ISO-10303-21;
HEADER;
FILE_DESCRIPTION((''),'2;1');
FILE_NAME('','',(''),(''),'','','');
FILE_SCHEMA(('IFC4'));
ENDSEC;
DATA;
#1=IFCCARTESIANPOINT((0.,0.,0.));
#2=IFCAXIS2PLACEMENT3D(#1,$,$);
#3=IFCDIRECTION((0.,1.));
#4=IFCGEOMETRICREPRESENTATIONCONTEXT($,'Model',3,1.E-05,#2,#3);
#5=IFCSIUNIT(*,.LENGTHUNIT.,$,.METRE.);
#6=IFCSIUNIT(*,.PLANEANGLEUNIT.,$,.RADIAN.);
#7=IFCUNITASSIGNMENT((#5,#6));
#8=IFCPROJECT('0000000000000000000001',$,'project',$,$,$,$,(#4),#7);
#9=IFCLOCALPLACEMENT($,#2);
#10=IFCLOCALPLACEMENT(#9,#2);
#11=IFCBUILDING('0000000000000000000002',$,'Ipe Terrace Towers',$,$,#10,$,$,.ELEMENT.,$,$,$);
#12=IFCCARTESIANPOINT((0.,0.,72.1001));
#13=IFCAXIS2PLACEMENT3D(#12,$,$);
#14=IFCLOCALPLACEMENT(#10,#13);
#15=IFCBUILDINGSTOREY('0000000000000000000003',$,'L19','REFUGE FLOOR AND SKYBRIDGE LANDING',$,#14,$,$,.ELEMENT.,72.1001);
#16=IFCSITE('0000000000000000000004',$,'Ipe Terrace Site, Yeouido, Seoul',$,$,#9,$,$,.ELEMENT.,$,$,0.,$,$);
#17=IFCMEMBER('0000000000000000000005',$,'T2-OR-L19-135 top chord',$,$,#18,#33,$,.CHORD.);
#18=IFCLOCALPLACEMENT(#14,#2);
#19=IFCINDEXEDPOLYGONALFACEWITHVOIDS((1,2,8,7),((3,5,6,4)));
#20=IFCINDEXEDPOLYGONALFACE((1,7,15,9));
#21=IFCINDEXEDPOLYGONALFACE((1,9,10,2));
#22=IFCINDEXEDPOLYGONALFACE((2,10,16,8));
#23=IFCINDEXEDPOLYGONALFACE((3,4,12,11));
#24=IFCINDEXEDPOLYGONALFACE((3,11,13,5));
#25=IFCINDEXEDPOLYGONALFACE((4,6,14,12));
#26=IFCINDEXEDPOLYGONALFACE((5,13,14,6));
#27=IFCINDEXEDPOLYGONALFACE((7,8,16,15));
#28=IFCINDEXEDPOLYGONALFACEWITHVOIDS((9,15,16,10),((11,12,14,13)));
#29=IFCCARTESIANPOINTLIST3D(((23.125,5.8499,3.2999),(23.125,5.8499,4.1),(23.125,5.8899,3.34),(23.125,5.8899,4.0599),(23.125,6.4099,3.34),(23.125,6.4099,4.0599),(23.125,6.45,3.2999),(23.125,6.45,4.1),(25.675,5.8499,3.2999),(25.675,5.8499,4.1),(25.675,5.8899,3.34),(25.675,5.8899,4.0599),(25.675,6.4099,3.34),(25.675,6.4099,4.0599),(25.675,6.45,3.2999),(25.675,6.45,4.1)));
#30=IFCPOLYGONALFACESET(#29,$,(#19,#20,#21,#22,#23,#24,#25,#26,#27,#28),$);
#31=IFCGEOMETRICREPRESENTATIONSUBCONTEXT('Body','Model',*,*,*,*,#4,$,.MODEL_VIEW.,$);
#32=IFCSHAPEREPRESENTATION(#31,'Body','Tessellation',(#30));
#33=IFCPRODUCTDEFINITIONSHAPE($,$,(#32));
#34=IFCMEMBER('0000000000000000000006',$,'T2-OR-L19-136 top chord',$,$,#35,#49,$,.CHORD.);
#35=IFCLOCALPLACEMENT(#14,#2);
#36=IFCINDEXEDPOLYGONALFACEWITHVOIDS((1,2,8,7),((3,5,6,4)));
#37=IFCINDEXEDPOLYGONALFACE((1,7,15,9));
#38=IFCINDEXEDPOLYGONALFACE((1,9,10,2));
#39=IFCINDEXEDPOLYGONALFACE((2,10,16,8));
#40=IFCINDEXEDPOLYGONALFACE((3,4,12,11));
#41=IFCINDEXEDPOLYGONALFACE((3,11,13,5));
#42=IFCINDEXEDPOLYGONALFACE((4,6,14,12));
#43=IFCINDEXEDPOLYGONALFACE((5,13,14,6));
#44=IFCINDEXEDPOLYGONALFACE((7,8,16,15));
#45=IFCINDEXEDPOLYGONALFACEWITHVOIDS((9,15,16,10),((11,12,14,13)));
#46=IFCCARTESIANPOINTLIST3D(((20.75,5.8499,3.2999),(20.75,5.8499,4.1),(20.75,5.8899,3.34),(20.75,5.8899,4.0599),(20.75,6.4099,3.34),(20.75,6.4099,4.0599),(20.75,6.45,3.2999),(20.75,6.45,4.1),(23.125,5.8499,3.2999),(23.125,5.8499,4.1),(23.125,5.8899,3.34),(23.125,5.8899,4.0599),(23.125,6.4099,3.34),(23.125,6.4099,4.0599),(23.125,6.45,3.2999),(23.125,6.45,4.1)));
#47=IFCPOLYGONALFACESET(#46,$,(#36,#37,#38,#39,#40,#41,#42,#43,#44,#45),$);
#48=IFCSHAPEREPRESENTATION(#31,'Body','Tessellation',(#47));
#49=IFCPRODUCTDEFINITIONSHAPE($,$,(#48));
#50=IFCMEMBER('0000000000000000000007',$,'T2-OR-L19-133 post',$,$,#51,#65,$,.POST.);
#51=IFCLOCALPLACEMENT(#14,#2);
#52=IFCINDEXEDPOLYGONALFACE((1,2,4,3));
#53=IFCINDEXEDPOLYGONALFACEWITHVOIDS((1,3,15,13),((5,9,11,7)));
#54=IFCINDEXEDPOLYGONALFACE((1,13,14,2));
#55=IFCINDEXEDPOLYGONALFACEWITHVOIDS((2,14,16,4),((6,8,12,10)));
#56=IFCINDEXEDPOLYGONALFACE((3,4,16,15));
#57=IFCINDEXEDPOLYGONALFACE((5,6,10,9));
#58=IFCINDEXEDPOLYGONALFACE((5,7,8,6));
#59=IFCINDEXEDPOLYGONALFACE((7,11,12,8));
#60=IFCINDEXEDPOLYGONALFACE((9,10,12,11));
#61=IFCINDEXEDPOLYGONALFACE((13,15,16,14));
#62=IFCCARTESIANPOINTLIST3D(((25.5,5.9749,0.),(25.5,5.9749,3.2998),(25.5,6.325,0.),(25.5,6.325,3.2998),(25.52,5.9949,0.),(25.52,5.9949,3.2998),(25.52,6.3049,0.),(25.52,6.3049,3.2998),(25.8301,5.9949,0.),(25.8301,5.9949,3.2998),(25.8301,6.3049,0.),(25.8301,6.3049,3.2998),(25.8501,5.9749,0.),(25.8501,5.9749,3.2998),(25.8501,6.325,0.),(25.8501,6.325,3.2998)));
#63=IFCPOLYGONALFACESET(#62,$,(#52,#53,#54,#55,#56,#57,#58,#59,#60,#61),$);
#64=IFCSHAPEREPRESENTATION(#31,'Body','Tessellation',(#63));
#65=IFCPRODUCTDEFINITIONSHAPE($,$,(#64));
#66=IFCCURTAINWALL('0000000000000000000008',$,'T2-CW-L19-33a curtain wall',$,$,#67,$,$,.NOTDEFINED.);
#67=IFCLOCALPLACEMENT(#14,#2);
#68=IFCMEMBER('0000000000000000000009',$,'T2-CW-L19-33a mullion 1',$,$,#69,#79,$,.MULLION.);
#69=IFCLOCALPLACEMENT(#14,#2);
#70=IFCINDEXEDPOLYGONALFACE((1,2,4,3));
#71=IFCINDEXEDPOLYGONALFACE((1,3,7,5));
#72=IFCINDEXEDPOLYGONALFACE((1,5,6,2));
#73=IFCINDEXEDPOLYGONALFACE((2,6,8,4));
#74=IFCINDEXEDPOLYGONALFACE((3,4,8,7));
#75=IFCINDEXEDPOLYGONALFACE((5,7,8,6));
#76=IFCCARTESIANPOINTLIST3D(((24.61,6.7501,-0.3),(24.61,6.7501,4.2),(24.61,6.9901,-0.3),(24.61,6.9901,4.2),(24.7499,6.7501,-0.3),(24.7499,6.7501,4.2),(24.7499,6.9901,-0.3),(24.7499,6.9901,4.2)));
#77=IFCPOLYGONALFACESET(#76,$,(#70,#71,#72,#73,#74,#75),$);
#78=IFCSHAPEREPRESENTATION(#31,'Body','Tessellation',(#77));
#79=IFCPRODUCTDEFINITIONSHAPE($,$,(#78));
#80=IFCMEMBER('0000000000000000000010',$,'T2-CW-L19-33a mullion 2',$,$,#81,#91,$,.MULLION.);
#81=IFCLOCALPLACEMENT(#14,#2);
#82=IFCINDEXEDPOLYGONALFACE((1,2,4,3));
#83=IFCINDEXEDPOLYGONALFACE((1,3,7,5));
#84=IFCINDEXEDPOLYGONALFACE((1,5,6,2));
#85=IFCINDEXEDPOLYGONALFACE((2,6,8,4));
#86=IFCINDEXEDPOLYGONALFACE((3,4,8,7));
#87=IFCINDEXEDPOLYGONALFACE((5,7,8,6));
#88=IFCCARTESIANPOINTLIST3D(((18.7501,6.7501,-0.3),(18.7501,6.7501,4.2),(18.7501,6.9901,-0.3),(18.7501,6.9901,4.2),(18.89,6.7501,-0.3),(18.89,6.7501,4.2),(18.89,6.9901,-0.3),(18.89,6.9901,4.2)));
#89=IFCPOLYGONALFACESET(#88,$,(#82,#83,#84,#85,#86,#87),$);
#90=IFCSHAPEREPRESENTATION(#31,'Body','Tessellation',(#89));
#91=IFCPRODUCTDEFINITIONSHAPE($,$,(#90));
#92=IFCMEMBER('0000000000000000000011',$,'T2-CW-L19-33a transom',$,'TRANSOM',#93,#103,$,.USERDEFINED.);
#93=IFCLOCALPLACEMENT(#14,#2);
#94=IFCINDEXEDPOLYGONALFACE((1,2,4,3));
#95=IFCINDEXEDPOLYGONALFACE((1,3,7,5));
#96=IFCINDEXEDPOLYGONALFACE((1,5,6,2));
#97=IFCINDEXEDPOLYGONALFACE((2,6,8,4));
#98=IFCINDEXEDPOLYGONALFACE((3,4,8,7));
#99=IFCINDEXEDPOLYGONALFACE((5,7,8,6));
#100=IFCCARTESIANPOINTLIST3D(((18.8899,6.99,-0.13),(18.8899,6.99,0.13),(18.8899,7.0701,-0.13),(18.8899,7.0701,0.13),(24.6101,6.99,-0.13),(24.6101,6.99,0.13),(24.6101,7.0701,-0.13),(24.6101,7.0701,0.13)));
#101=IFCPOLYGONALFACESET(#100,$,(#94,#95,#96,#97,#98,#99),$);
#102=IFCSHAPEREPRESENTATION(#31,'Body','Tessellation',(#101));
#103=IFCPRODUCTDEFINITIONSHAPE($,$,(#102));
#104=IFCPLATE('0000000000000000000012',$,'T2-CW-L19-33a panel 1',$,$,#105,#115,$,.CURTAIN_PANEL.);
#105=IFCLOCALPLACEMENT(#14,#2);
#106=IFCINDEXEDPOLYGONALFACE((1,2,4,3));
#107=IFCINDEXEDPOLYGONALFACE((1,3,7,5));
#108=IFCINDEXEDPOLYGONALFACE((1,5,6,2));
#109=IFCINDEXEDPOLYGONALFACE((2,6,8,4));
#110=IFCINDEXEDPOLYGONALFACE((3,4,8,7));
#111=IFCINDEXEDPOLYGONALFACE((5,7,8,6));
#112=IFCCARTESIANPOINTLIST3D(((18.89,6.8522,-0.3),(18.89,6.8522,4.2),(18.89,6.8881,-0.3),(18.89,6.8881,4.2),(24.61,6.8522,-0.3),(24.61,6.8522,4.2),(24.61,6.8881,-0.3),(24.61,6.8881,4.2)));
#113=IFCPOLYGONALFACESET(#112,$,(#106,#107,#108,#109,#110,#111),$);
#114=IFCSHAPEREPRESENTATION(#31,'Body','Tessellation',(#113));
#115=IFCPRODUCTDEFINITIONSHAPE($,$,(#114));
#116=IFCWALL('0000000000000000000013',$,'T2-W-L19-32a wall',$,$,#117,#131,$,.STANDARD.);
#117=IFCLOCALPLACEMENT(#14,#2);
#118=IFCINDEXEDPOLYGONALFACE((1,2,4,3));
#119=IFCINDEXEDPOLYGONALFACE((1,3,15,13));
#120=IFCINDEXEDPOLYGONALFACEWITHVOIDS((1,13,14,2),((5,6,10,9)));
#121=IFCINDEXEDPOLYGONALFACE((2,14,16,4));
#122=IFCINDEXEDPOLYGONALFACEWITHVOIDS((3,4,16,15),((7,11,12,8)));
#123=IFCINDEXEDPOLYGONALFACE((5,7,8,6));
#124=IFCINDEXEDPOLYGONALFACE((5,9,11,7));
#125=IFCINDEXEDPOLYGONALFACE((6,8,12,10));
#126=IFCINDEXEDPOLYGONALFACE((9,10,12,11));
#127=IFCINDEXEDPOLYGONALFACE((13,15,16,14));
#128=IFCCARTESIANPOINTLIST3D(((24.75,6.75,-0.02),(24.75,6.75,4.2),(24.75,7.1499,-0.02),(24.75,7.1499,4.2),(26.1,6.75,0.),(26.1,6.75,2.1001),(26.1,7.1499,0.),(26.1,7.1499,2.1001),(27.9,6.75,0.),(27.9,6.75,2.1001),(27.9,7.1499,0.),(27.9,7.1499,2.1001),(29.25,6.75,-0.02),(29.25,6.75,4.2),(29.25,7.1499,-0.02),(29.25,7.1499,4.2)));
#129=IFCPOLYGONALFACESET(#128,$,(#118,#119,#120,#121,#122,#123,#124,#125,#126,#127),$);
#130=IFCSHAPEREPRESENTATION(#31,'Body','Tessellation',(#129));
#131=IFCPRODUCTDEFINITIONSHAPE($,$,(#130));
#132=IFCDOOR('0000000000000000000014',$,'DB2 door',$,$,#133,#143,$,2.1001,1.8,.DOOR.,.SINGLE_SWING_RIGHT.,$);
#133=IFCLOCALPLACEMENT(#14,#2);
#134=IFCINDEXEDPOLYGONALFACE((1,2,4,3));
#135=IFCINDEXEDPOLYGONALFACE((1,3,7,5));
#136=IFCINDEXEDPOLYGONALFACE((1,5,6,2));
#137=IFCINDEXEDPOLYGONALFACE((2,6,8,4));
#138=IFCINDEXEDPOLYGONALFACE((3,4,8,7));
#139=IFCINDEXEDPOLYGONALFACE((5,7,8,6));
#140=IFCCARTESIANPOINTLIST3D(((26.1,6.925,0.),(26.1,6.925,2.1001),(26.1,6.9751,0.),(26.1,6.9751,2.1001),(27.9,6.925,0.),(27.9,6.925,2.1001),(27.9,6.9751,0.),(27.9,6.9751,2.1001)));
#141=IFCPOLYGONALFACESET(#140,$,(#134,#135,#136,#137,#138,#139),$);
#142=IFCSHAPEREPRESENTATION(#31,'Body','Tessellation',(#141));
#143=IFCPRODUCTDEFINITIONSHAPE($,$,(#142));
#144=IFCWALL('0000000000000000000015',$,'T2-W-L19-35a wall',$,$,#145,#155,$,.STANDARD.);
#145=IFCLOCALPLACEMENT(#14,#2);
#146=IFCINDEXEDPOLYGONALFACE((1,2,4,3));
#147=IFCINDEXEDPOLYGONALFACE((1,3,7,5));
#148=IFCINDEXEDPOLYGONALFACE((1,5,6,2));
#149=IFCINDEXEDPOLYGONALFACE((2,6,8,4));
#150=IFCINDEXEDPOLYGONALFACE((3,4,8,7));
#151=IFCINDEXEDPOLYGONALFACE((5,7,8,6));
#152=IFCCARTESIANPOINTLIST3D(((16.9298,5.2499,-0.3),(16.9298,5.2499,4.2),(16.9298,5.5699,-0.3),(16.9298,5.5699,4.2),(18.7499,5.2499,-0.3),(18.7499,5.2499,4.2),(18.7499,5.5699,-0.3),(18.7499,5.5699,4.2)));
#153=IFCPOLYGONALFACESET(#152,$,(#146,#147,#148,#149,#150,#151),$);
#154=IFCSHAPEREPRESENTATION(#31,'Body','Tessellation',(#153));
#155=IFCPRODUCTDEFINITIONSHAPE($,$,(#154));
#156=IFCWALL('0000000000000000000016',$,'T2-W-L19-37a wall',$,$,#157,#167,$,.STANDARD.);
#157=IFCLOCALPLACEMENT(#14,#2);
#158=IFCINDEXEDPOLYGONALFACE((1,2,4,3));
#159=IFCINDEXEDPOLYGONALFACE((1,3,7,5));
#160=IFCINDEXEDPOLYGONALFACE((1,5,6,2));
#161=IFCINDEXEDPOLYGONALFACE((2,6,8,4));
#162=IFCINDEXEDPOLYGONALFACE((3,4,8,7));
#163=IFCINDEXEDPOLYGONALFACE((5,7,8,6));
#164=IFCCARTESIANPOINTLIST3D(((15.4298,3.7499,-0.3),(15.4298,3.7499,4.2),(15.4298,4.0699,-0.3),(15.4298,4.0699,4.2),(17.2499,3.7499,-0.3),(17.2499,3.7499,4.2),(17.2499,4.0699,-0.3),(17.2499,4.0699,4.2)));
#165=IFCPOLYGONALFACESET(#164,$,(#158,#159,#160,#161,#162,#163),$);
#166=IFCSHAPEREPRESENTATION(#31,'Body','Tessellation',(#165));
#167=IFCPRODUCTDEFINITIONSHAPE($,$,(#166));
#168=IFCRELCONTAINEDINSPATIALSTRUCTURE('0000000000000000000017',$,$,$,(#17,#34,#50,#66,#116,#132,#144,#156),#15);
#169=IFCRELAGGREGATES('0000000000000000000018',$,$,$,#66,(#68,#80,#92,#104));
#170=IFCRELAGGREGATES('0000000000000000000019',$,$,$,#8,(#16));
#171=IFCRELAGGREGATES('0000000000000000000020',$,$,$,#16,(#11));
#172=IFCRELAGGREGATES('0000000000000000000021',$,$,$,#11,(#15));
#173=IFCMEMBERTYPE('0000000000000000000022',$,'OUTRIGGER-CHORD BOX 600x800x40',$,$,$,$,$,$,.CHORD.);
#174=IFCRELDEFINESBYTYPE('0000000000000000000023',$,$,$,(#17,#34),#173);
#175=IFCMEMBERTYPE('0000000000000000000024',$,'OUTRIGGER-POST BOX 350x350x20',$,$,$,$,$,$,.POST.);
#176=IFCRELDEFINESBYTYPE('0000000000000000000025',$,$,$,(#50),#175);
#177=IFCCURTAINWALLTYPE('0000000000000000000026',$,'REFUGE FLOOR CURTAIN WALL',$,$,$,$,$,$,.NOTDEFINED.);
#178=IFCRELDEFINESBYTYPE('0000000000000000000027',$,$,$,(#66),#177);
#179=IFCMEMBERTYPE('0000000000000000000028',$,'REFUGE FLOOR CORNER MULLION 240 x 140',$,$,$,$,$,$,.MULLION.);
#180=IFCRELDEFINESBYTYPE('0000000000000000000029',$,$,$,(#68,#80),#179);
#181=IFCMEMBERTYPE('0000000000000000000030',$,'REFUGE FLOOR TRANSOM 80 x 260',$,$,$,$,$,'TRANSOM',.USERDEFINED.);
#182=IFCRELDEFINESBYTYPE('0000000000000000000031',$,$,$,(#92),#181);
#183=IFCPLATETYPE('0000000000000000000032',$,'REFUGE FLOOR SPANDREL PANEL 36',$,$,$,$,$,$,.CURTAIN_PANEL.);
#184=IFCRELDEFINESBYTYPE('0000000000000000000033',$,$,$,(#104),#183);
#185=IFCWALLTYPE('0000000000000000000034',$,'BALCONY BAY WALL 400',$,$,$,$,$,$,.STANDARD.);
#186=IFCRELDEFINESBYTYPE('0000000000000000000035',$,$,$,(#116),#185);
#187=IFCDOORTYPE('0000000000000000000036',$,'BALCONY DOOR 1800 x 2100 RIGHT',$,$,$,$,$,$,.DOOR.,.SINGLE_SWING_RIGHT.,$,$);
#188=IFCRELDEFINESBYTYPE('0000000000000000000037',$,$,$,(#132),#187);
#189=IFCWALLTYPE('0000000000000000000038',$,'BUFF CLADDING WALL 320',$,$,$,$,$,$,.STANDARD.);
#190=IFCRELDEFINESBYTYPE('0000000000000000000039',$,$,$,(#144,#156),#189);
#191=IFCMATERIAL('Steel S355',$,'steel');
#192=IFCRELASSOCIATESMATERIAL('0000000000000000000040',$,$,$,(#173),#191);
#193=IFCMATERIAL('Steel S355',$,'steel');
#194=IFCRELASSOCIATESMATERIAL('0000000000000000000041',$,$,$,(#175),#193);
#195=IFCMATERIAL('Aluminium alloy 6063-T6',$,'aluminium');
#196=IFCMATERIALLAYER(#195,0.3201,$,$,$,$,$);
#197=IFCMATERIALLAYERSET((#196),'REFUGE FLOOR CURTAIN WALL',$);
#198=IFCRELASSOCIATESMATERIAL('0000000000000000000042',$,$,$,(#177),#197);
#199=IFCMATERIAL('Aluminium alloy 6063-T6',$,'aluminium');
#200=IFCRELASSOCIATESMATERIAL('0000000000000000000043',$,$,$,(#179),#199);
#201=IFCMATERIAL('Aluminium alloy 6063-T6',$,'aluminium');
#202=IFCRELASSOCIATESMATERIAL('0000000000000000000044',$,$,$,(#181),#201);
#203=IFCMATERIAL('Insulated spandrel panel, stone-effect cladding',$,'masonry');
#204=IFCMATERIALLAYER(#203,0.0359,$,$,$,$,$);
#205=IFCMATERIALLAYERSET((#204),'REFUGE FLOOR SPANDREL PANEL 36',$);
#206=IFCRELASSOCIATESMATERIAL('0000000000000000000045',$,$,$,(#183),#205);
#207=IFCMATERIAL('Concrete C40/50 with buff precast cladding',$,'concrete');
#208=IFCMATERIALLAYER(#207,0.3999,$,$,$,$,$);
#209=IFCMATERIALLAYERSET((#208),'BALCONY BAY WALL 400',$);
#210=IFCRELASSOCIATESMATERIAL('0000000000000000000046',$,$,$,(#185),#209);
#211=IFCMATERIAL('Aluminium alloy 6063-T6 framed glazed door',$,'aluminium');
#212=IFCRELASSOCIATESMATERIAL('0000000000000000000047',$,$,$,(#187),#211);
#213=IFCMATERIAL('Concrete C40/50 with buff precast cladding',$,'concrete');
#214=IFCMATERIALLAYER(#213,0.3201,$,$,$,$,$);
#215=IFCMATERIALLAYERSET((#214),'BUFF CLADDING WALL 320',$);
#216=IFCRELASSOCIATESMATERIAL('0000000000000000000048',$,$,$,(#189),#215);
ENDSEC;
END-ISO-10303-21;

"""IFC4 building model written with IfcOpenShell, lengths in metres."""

from ifc_helpers import new_model, si_unit, direction, frame, frame_2d, origin, origin_2d, place, context, subcontext, project, spatial, rectangle, hollow_rectangle, extrude, material, layer, layer_set, material_profile, profile_set, type_object, element, fill, aggregate, save


model = new_model("IFC4")

# Units and contexts
model_context = context("Model", 3, precision=1e-05, world=origin(), true_north=direction((0.0, 1.0)))
body_context = subcontext(model_context, "Body", "Model", "MODEL_VIEW")
ifc_project = project(units=[si_unit("LENGTHUNIT", "METRE"), si_unit("PLANEANGLEUNIT", "RADIAN")], contexts=[model_context])

# Site, building, storey
site_placement = place(None, origin())
site = spatial("IfcSite", under=ifc_project, at=site_placement, Name="Ipe Terrace Site, Yeouido, Seoul", CompositionType="ELEMENT", RefElevation=0.0)
building_placement = place(site_placement, origin())
building = spatial("IfcBuilding", under=site, at=building_placement, Name="Ipe Terrace Towers", CompositionType="ELEMENT")
storey_placement = place(building_placement, frame((0.0, 0.0, 72.1001)))
storey = spatial("IfcBuildingStorey", under=building, at=storey_placement, Name="L19", Description="REFUGE FLOOR AND SKYBRIDGE LANDING", CompositionType="ELEMENT", Elevation=72.1001)

# Members
ifc_material_1 = material(Name="Steel S355", Category="steel")
ifc_material_profile_1 = material_profile(ifc_material_1, hollow_rectangle(XDim=0.6001, YDim=0.8, WallThickness=0.04, at=origin_2d()), Name="OUTRIGGER-CHORD BOX 600x800x40")
ifc_profile_set_1 = profile_set([ifc_material_profile_1], Name="Steel S355")
member_type_1 = type_object("IfcMemberType", Name="OUTRIGGER-CHORD BOX 600x800x40", PredefinedType="CHORD", material=ifc_profile_set_1)
member_1_placement = place(storey_placement, frame((25.675, 6.1499, 3.7), z_axis=(-1.0, 0.0, 0.0), x_axis=(0.0, -1.0, 0.0)))
element("IfcMember", 1, at=member_1_placement, inside=storey, type_object=member_type_1, Name="T2-OR-L19-135 top chord", PredefinedType="CHORD", context=body_context, shape_type="SweptSolid", body=[
    extrude(hollow_rectangle(XDim=0.6001, YDim=0.8, WallThickness=0.04, at=origin_2d()), origin(), (0.0, 0.0, 1.0), 2.55),
])
member_2_placement = place(storey_placement, frame((23.125, 6.1499, 3.7), z_axis=(-1.0, 0.0, 0.0), x_axis=(0.0, -1.0, 0.0)))
element("IfcMember", 2, at=member_2_placement, inside=storey, type_object=member_type_1, Name="T2-OR-L19-136 top chord", PredefinedType="CHORD", context=body_context, shape_type="SweptSolid", body=[
    extrude(hollow_rectangle(XDim=0.6001, YDim=0.8, WallThickness=0.04, at=origin_2d()), origin(), (0.0, 0.0, 1.0), 2.375),
])
ifc_material_2 = material(Name="Steel S355", Category="steel")
ifc_material_profile_2 = material_profile(ifc_material_2, hollow_rectangle(XDim=0.3501, YDim=0.3501, WallThickness=0.02, at=origin_2d()), Name="OUTRIGGER-POST BOX 350x350x20")
ifc_profile_set_2 = profile_set([ifc_material_profile_2], Name="Steel S355")
member_type_2 = type_object("IfcMemberType", Name="OUTRIGGER-POST BOX 350x350x20", PredefinedType="POST", material=ifc_profile_set_2)
member_3_placement = place(storey_placement, frame((25.675, 6.1499, 0.0), z_axis=(0.0, 0.0, 1.0), x_axis=(1.0, 0.0, 0.0)))
element("IfcMember", 3, at=member_3_placement, inside=storey, type_object=member_type_2, Name="T2-OR-L19-133 post", PredefinedType="POST", context=body_context, shape_type="SweptSolid", body=[
    extrude(hollow_rectangle(XDim=0.3501, YDim=0.3501, WallThickness=0.02, at=origin_2d()), origin(), (0.0, 0.0, 1.0), 3.2998),
])

# Curtain wall, members, plate
ifc_material_3 = material(Name="Aluminium alloy 6063-T6", Category="aluminium")
ifc_layer_1 = layer(ifc_material_3, 0.3201)
ifc_layer_set_1 = layer_set([ifc_layer_1], Name="REFUGE FLOOR CURTAIN WALL")
curtain_wall_type = type_object("IfcCurtainWallType", Name="REFUGE FLOOR CURTAIN WALL", PredefinedType="NOTDEFINED", material=ifc_layer_set_1)
curtain_wall_placement = place(storey_placement, origin())
curtain_wall = element("IfcCurtainWall", 4, at=curtain_wall_placement, inside=storey, type_object=curtain_wall_type, Name="T2-CW-L19-33a curtain wall", PredefinedType="NOTDEFINED")
ifc_material_4 = material(Name="Aluminium alloy 6063-T6", Category="aluminium")
ifc_material_profile_3 = material_profile(ifc_material_4, rectangle(XDim=0.24, YDim=0.1399, at=origin_2d()), Name="REFUGE FLOOR CORNER MULLION 240 x 140")
ifc_profile_set_3 = profile_set([ifc_material_profile_3], Name="Aluminium alloy 6063-T6")
member_type_3 = type_object("IfcMemberType", Name="REFUGE FLOOR CORNER MULLION 240 x 140", PredefinedType="MULLION", material=ifc_profile_set_3)
member_4_placement = place(storey_placement, frame((24.6799, 6.8701, -0.3), z_axis=(0.0, 0.0, 1.0), x_axis=(0.0, 1.0, 0.0)))
member_4 = element("IfcMember", 5, at=member_4_placement, type_object=member_type_3, Name="T2-CW-L19-33a mullion 1", PredefinedType="MULLION", context=body_context, shape_type="SweptSolid", body=[
    extrude(rectangle(XDim=0.24, YDim=0.1399, at=origin_2d()), origin(), (0.0, 0.0, 1.0), 4.5),
])
member_5_placement = place(storey_placement, frame((18.8201, 6.8701, -0.3), z_axis=(0.0, 0.0, 1.0), x_axis=(0.0, 1.0, 0.0)))
member_5 = element("IfcMember", 6, at=member_5_placement, type_object=member_type_3, Name="T2-CW-L19-33a mullion 2", PredefinedType="MULLION", context=body_context, shape_type="SweptSolid", body=[
    extrude(rectangle(XDim=0.24, YDim=0.1399, at=origin_2d()), origin(), (0.0, 0.0, 1.0), 4.5),
])
ifc_material_5 = material(Name="Aluminium alloy 6063-T6", Category="aluminium")
ifc_material_profile_4 = material_profile(ifc_material_5, rectangle(XDim=0.0801, YDim=0.26, at=origin_2d()), Name="REFUGE FLOOR TRANSOM 80 x 260")
ifc_profile_set_4 = profile_set([ifc_material_profile_4], Name="Aluminium alloy 6063-T6")
member_type_4 = type_object("IfcMemberType", Name="REFUGE FLOOR TRANSOM 80 x 260", ElementType="TRANSOM", PredefinedType="USERDEFINED", material=ifc_profile_set_4)
member_6_placement = place(storey_placement, frame((24.6101, 7.03, 0.0), z_axis=(-1.0, 0.0, 0.0), x_axis=(0.0, 1.0, 0.0)))
member_6 = element("IfcMember", 7, at=member_6_placement, type_object=member_type_4, Name="T2-CW-L19-33a transom", ObjectType="TRANSOM", PredefinedType="USERDEFINED", context=body_context, shape_type="SweptSolid", body=[
    extrude(rectangle(XDim=0.0801, YDim=0.26, at=origin_2d()), origin(), (0.0, 0.0, 1.0), 5.7202),
])
ifc_material_6 = material(Name="Insulated spandrel panel, stone-effect cladding", Category="masonry")
ifc_layer_2 = layer(ifc_material_6, 0.0359)
ifc_layer_set_2 = layer_set([ifc_layer_2], Name="REFUGE FLOOR SPANDREL PANEL 36")
plate_type = type_object("IfcPlateType", Name="REFUGE FLOOR SPANDREL PANEL 36", PredefinedType="CURTAIN_PANEL", material=ifc_layer_set_2)
plate_placement = place(storey_placement, frame((21.75, 6.8701, -0.3), z_axis=(0.0, 0.0, 1.0), x_axis=(-1.0, 0.0, 0.0)))
plate = element("IfcPlate", 8, at=plate_placement, type_object=plate_type, Name="T2-CW-L19-33a panel 1", PredefinedType="CURTAIN_PANEL", context=body_context, shape_type="SweptSolid", body=[
    extrude(rectangle(XDim=5.72, YDim=0.0359, at=origin_2d()), origin(), (0.0, 0.0, 1.0), 4.5),
])
aggregate(curtain_wall, [member_4, member_5, member_6, plate])

# Wall, opening, door
ifc_material_7 = material(Name="Concrete C40/50 with buff precast cladding", Category="concrete")
ifc_layer_3 = layer(ifc_material_7, 0.3999)
ifc_layer_set_3 = layer_set([ifc_layer_3], Name="BALCONY BAY WALL 400")
wall_type_1 = type_object("IfcWallType", Name="BALCONY BAY WALL 400", PredefinedType="STANDARD", material=ifc_layer_set_3)
wall_1_placement = place(storey_placement, frame((29.25, 6.95, -0.02), z_axis=(0.0, 0.0, 1.0), x_axis=(-1.0, 0.0, 0.0)))
wall_1 = element("IfcWall", 9, at=wall_1_placement, inside=storey, type_object=wall_type_1, Name="T2-W-L19-32a wall", PredefinedType="STANDARD", context=body_context, shape_type="SweptSolid", body=[
    extrude(rectangle(XDim=4.5, YDim=0.3999, at=frame_2d((2.25, 0.0))), origin(), (0.0, 0.0, 1.0), 4.22),
])
opening_1_placement = place(wall_1_placement, frame((1.3501, 0.0, 0.02)))
opening_1 = element("IfcOpeningElement", 10, at=opening_1_placement, cuts=wall_1, PredefinedType="OPENING", context=body_context, shape_type="SweptSolid", body=[
    extrude(rectangle(XDim=1.8, YDim=2.1001, at=frame_2d((0.8999, 1.05))), frame((0.0, 0.21, 0.0), z_axis=(0.0, -1.0, 0.0), x_axis=(1.0, 0.0, 0.0)), (0.0, 0.0, 1.0), 0.4199),
])
ifc_material_8 = material(Name="Aluminium alloy 6063-T6 framed glazed door", Category="aluminium")
door_type_1 = type_object("IfcDoorType", Name="BALCONY DOOR 1800 x 2100 RIGHT", OperationType="SINGLE_SWING_RIGHT", PredefinedType="DOOR", material=ifc_material_8)
door_1_placement = place(opening_1_placement, origin())
door_1 = element("IfcDoor", 11, at=door_1_placement, inside=storey, type_object=door_type_1, Name="DB2 door", OperationType="SINGLE_SWING_RIGHT", OverallHeight=2.1001, OverallWidth=1.8, PredefinedType="DOOR", context=body_context, shape_type="SweptSolid", body=[
    extrude(rectangle(XDim=1.8, YDim=2.1001, at=frame_2d((0.8999, 1.05))), frame((0.0, 0.0249, 0.0), z_axis=(0.0, -1.0, 0.0), x_axis=(1.0, 0.0, 0.0)), (0.0, 0.0, 1.0), 0.05),
])
fill(opening_1, door_1)

# Walls
ifc_material_9 = material(Name="Concrete C40/50 with buff precast cladding", Category="concrete")
ifc_layer_4 = layer(ifc_material_9, 0.3201)
ifc_layer_set_4 = layer_set([ifc_layer_4], Name="BUFF CLADDING WALL 320")
wall_type_2 = type_object("IfcWallType", Name="BUFF CLADDING WALL 320", PredefinedType="STANDARD", material=ifc_layer_set_4)
for number, where, z_axis, x_axis, name in (
    (12, (18.75, 5.4099, -0.3), (0.0, 0.0, 1.0), (-1.0, 0.0, 0.0), "T2-W-L19-35a wall"),
    (13, (17.25, 3.9099, -0.3), (0.0, 0.0, 1.0), (-1.0, 0.0, 0.0), "T2-W-L19-37a wall"),
):
    element("IfcWall", number, at=place(storey_placement, frame(where, z_axis=z_axis, x_axis=x_axis)), inside=storey, type_object=wall_type_2, Name=name, PredefinedType="STANDARD", context=body_context, shape_type="SweptSolid", body=[
        extrude(rectangle(XDim=1.8201, YDim=0.3201, at=frame_2d((0.9102, 0.0))), origin(), (0.0, 0.0, 1.0), 4.5),
    ])

save(model, "model.ifc")
